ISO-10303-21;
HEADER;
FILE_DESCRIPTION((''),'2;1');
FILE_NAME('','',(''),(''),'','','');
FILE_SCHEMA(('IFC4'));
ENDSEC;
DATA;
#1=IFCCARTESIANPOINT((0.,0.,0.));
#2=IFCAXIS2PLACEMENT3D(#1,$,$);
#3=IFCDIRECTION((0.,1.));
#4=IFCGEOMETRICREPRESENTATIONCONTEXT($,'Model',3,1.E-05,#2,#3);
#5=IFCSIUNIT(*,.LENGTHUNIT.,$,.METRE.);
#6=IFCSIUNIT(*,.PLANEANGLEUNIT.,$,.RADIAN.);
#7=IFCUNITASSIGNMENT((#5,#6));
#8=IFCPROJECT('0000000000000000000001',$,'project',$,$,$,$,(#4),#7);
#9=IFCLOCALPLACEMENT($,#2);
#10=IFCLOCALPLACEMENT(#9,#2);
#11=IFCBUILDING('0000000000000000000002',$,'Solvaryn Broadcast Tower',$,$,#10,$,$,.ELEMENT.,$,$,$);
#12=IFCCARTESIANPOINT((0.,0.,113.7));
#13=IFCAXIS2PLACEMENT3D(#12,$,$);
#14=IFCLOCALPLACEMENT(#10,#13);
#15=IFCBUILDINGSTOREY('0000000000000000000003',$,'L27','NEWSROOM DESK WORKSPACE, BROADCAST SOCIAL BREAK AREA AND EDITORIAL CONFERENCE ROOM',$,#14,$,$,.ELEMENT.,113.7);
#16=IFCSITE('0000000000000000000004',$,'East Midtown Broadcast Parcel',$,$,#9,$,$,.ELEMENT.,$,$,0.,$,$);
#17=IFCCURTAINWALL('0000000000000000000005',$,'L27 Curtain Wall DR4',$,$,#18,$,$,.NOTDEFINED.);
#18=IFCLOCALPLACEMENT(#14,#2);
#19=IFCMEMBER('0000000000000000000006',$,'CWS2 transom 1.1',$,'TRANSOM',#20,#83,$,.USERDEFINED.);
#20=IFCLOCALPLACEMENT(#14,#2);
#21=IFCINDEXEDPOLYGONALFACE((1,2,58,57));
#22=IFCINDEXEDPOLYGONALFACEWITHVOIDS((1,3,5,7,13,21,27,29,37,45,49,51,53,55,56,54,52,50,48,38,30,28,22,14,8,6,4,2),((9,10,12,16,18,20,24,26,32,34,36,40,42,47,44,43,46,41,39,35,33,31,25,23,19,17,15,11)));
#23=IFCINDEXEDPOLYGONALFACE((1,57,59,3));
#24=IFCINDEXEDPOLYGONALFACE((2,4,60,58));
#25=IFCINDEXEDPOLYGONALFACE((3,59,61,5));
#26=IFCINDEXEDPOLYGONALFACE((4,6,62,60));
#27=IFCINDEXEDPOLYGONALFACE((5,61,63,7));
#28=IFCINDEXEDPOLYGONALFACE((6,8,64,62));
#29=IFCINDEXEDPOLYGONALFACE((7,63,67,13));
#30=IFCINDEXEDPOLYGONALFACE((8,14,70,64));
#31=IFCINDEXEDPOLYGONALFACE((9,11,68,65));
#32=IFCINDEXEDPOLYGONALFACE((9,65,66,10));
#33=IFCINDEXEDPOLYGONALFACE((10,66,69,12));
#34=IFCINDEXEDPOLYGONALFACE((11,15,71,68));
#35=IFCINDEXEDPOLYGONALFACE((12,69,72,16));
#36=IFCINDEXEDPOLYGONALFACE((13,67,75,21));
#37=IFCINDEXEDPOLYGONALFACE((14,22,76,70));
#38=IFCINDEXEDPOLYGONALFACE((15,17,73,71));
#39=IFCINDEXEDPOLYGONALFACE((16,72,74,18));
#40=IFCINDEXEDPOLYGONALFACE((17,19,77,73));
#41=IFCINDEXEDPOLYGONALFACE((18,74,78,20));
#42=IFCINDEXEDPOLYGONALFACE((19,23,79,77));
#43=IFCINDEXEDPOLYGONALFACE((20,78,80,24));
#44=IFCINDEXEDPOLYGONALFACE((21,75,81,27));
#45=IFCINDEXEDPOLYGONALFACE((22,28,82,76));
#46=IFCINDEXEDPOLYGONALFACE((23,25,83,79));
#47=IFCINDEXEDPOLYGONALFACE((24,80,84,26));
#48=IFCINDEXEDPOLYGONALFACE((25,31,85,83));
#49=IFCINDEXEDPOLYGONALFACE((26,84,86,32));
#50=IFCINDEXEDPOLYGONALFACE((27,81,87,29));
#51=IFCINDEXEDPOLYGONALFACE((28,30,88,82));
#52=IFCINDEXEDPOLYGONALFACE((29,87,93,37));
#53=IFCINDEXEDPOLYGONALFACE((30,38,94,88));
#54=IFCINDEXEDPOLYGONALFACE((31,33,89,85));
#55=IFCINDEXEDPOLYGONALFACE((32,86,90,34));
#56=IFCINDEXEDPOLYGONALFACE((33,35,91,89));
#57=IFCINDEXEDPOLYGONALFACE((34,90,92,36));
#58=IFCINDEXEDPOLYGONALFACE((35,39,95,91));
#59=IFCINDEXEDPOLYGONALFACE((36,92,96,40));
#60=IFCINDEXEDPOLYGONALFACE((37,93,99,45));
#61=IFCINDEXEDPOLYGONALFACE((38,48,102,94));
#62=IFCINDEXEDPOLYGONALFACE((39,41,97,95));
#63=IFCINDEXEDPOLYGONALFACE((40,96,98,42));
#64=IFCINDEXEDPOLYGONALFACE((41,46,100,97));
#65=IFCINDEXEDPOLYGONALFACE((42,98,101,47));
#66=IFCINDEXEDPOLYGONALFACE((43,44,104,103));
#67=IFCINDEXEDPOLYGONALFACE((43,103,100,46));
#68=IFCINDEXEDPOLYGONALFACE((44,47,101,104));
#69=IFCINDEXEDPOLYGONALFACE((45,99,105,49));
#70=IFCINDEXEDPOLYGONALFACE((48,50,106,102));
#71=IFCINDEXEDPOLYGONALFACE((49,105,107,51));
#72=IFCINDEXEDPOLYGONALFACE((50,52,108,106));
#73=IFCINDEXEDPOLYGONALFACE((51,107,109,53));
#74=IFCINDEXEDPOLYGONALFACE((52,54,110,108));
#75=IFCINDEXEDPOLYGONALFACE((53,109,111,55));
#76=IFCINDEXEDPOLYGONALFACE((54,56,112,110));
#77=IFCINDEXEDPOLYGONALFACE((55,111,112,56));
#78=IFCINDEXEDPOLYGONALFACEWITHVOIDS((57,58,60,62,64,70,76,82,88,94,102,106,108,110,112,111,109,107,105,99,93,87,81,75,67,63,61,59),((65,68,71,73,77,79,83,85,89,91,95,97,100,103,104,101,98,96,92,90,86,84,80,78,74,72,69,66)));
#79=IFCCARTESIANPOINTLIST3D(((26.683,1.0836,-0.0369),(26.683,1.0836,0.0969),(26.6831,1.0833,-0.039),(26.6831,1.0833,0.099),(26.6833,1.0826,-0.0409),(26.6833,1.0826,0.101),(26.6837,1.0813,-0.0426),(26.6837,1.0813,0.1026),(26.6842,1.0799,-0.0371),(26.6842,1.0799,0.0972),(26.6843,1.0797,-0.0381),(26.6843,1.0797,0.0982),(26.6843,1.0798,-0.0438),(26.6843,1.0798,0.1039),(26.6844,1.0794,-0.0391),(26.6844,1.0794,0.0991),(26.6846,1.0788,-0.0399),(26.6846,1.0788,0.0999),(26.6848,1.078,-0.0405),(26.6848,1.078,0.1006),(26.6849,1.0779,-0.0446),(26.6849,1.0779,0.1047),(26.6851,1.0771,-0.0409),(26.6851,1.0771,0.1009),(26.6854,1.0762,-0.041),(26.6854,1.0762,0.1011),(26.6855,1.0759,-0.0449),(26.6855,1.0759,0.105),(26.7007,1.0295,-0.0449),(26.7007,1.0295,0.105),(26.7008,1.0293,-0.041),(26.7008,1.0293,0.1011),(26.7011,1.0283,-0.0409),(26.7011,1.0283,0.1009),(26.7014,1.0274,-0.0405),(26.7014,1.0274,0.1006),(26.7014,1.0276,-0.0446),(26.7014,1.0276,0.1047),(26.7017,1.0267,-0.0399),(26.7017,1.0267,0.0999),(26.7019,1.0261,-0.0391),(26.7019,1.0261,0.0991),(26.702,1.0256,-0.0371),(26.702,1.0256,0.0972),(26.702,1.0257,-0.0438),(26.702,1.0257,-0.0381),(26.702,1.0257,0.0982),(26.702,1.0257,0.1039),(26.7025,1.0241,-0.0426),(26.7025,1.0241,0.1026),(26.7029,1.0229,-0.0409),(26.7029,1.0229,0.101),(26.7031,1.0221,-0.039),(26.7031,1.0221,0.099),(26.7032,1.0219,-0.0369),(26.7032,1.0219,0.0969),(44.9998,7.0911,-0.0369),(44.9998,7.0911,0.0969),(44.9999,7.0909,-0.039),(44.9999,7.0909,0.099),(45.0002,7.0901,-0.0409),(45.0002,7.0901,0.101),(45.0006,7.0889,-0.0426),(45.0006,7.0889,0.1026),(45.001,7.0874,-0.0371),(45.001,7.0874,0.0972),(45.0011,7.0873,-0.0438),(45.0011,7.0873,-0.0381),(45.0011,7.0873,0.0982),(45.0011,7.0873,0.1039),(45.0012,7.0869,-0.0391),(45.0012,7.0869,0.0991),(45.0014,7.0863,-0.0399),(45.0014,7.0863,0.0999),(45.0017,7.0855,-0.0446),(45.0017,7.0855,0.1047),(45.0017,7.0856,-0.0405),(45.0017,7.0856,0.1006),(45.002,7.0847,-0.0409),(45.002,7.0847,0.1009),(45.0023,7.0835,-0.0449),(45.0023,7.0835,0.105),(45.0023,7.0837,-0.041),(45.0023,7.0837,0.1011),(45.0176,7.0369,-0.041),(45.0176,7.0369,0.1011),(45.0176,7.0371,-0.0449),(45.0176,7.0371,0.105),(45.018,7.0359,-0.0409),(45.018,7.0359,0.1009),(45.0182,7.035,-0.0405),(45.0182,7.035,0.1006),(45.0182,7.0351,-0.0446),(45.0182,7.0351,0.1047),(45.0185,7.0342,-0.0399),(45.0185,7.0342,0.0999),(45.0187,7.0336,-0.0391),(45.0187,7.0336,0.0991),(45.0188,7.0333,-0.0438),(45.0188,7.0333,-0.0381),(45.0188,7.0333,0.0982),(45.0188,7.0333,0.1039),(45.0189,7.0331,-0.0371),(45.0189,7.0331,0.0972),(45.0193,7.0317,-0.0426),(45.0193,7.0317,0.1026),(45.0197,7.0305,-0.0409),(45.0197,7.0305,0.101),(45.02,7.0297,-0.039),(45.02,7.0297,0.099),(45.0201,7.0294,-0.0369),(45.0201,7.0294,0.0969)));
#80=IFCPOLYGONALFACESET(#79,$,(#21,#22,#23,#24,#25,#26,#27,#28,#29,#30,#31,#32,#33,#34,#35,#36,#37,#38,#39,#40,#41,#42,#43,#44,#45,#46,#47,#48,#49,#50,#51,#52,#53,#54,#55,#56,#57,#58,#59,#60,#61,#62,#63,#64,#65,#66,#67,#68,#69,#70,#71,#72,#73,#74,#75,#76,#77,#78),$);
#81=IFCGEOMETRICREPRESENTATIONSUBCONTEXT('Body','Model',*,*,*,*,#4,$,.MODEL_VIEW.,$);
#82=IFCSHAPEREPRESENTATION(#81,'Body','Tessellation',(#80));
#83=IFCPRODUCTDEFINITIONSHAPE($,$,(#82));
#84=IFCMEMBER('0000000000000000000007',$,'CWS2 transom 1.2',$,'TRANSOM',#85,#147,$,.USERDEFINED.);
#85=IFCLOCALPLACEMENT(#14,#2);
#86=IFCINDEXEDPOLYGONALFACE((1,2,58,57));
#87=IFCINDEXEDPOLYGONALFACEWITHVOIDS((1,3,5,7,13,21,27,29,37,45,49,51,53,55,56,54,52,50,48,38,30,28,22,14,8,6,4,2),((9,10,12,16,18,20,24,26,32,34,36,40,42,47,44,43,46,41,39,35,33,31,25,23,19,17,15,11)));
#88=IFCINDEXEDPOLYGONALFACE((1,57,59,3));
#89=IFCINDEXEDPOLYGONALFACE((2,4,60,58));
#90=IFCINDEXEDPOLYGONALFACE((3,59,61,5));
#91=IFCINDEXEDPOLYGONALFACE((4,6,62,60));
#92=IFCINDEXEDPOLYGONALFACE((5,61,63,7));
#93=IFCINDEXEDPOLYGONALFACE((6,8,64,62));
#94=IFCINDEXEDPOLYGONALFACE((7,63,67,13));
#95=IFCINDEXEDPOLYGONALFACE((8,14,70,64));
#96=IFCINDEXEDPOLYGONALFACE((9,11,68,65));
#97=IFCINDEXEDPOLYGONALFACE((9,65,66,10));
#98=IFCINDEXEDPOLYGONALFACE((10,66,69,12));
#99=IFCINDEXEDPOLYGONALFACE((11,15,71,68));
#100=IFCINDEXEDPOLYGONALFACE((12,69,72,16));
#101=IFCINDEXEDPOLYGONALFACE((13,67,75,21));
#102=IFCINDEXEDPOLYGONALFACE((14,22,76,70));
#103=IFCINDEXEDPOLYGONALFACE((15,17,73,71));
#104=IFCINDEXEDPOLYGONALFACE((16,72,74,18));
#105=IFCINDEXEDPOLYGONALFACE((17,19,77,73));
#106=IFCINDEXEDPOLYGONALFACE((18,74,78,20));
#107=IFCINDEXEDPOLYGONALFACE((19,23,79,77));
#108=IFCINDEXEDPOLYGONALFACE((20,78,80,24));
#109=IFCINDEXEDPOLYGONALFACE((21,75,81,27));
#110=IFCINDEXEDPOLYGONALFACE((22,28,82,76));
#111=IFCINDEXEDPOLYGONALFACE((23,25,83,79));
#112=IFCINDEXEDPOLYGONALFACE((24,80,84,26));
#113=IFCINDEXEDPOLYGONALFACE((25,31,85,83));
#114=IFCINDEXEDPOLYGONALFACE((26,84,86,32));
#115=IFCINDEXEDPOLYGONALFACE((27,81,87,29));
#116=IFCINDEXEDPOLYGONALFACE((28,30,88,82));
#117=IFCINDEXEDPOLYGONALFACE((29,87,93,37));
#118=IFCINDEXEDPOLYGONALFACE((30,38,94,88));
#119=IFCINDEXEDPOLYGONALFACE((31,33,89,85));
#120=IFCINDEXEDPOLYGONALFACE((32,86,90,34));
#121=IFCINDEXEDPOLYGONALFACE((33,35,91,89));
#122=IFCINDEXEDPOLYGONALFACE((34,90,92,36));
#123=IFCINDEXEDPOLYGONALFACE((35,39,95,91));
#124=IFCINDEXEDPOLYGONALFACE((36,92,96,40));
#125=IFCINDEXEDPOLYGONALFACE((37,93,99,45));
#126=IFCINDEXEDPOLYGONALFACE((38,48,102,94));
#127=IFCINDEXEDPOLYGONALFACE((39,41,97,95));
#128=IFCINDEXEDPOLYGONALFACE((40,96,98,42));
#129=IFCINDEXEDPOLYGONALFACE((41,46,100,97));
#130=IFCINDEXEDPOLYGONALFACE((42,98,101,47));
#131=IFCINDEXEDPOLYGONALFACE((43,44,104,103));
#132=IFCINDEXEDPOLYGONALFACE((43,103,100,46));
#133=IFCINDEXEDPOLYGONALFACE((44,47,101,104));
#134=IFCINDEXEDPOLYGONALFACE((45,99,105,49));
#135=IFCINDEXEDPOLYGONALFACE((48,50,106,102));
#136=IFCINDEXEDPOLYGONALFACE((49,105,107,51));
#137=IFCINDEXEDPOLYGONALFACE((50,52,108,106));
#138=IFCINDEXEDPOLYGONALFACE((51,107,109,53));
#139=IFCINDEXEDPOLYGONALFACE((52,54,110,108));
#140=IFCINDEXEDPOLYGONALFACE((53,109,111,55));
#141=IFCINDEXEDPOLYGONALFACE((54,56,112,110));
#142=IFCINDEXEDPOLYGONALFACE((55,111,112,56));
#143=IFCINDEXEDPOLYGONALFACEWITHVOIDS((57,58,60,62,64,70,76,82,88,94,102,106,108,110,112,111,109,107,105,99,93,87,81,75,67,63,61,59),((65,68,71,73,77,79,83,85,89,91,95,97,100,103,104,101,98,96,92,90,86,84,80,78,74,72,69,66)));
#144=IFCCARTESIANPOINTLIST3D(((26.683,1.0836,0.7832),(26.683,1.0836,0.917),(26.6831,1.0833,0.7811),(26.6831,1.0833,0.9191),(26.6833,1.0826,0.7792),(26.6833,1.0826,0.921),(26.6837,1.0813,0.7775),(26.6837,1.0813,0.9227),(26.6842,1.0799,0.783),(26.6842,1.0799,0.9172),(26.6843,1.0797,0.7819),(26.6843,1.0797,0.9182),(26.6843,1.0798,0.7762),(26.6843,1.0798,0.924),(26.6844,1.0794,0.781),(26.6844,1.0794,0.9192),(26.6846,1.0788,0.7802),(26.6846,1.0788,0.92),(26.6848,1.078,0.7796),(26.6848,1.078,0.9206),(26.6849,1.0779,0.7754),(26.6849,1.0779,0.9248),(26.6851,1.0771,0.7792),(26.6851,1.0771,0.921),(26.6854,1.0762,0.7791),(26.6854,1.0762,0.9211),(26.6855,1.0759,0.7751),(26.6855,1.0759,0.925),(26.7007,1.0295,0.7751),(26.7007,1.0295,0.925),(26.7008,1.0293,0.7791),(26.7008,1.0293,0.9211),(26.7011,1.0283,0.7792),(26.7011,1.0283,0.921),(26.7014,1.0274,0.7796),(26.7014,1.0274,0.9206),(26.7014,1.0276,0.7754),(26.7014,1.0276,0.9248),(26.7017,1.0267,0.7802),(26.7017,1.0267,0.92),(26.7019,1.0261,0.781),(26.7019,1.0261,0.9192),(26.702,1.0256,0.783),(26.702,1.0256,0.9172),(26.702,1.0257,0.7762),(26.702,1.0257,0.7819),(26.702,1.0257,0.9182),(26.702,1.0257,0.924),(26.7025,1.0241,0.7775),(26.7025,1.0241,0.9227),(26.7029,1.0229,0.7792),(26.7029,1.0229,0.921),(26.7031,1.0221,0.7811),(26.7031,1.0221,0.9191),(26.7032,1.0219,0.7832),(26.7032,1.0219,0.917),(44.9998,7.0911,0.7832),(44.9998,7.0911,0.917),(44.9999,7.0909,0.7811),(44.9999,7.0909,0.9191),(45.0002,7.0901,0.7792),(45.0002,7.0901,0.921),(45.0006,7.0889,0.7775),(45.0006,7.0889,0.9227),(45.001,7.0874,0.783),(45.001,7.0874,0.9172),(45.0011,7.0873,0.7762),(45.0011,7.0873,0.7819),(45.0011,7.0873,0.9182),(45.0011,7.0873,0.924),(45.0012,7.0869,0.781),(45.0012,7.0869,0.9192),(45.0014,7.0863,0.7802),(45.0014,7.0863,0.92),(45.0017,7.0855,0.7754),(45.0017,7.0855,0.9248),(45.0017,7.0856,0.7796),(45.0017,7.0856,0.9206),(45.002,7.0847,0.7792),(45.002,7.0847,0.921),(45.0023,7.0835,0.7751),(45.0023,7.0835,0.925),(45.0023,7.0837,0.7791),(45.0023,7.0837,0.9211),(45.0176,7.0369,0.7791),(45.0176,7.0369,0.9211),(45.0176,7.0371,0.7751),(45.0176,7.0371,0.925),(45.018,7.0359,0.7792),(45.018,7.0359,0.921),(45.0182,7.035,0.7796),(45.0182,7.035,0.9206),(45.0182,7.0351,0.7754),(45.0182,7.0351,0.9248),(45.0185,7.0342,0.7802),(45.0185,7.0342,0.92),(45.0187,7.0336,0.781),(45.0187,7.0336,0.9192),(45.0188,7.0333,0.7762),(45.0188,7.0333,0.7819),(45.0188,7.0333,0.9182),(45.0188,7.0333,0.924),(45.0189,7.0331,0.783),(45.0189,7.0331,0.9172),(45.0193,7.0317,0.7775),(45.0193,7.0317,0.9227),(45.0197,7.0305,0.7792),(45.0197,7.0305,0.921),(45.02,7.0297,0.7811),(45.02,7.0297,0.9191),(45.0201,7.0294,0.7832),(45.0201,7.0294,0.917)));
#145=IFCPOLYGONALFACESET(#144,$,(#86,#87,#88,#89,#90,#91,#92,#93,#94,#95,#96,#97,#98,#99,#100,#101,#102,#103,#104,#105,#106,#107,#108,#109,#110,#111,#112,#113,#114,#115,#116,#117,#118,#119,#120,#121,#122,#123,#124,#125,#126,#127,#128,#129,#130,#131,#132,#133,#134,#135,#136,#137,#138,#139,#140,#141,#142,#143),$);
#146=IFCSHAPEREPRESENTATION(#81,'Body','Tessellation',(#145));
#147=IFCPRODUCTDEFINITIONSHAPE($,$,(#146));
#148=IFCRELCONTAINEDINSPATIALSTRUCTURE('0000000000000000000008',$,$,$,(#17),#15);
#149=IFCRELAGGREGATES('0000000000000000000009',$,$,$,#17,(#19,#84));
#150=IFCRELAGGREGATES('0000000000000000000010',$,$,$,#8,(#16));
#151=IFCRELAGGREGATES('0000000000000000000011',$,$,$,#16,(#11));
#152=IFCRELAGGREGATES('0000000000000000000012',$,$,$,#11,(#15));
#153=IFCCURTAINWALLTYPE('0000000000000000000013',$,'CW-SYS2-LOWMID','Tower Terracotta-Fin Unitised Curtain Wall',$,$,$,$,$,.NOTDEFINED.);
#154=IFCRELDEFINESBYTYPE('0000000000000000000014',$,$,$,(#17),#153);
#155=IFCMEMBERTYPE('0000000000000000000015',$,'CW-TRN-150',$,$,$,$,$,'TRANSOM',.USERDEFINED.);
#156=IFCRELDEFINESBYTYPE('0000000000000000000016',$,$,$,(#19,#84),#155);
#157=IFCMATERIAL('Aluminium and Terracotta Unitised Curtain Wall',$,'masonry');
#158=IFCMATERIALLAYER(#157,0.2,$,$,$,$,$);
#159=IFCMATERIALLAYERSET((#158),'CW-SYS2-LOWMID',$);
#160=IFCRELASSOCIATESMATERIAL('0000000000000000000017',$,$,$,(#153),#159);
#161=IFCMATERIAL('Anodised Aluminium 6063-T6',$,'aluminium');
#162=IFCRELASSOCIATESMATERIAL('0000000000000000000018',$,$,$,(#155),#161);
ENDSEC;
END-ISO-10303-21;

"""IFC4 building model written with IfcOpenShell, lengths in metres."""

from ifc_helpers import new_model, si_unit, direction, frame, origin, origin_2d, place, context, subcontext, project, spatial, hollow_rectangle, extrude, material, layer, layer_set, material_profile, profile_set, type_object, element, aggregate, save


model = new_model("IFC4")

# Units and contexts
model_context = context("Model", 3, precision=1e-05, world=origin(), true_north=direction((0.0, 1.0)))
body_context = subcontext(model_context, "Body", "Model", "MODEL_VIEW")
ifc_project = project(units=[si_unit("LENGTHUNIT", "METRE"), si_unit("PLANEANGLEUNIT", "RADIAN")], contexts=[model_context])

# Site, building, storey
site_placement = place(None, origin())
site = spatial("IfcSite", under=ifc_project, at=site_placement, Name="East Midtown Broadcast Parcel", CompositionType="ELEMENT", RefElevation=0.0)
building_placement = place(site_placement, origin())
building = spatial("IfcBuilding", under=site, at=building_placement, Name="Solvaryn Broadcast Tower", CompositionType="ELEMENT")
storey_placement = place(building_placement, frame((0.0, 0.0, 113.7)))
storey = spatial("IfcBuildingStorey", under=building, at=storey_placement, Name="L27", Description="NEWSROOM DESK WORKSPACE, BROADCAST SOCIAL BREAK AREA AND EDITORIAL CONFERENCE ROOM", CompositionType="ELEMENT", Elevation=113.7)

# Shared definitions
ifc_material_1 = material(Name="Aluminium and Terracotta Unitised Curtain Wall", Category="masonry")
ifc_layer_1 = layer(ifc_material_1, 0.2)
ifc_layer_set_1 = layer_set([ifc_layer_1], Name="CW-SYS2-LOWMID")
curtain_wall_type = type_object("IfcCurtainWallType", Name="CW-SYS2-LOWMID", Description="Tower Terracotta-Fin Unitised Curtain Wall", PredefinedType="NOTDEFINED", material=ifc_layer_set_1)

# Curtain wall, members
curtain_wall_1_placement = place(storey_placement, origin())
curtain_wall_1 = element("IfcCurtainWall", 1, at=curtain_wall_1_placement, inside=storey, type_object=curtain_wall_type, Name="L27 Curtain Wall DR4", PredefinedType="NOTDEFINED")
ifc_material_2 = material(Name="Anodised Aluminium 6063-T6", Category="aluminium")
ifc_material_profile_1 = material_profile(ifc_material_2, hollow_rectangle(XDim=0.0649, YDim=0.1499, WallThickness=0.0039, InnerFilletRadius=0.0039, OuterFilletRadius=0.0081, at=origin_2d()))
ifc_profile_set_1 = profile_set([ifc_material_profile_1], Name="Anodised Aluminium 6063-T6")
member_type_1 = type_object("IfcMemberType", Name="CW-TRN-150", ElementType="TRANSOM", PredefinedType="USERDEFINED", material=ifc_profile_set_1)
member_1_placement = place(storey_placement, frame((26.6931, 1.0527, 0.03), z_axis=(0.950198, 0.311646, 0.0), x_axis=(-0.311646, 0.950198, 0.0)))
member_1 = element("IfcMember", 2, at=member_1_placement, type_object=member_type_1, Name="CWS2 transom 1.1", ObjectType="TRANSOM", PredefinedType="USERDEFINED", context=body_context, shape_type="SweptSolid", body=[
    extrude(hollow_rectangle(XDim=0.0649, YDim=0.1499, WallThickness=0.0039, InnerFilletRadius=0.0039, OuterFilletRadius=0.0081, at=origin_2d()), origin(), (0.0, 0.0, 1.0), 19.2769),
])
member_2_placement = place(storey_placement, frame((26.6931, 1.0527, 0.8501), z_axis=(0.950198, 0.311646, 0.0), x_axis=(-0.311646, 0.950198, 0.0)))
member_2 = element("IfcMember", 3, at=member_2_placement, type_object=member_type_1, Name="CWS2 transom 1.2", ObjectType="TRANSOM", PredefinedType="USERDEFINED", context=body_context, shape_type="SweptSolid", body=[
    extrude(hollow_rectangle(XDim=0.0649, YDim=0.1499, WallThickness=0.0039, InnerFilletRadius=0.0039, OuterFilletRadius=0.0081, at=origin_2d()), origin(), (0.0, 0.0, 1.0), 19.2769),
])
aggregate(curtain_wall_1, [member_1, member_2])

save(model, "model.ifc")
